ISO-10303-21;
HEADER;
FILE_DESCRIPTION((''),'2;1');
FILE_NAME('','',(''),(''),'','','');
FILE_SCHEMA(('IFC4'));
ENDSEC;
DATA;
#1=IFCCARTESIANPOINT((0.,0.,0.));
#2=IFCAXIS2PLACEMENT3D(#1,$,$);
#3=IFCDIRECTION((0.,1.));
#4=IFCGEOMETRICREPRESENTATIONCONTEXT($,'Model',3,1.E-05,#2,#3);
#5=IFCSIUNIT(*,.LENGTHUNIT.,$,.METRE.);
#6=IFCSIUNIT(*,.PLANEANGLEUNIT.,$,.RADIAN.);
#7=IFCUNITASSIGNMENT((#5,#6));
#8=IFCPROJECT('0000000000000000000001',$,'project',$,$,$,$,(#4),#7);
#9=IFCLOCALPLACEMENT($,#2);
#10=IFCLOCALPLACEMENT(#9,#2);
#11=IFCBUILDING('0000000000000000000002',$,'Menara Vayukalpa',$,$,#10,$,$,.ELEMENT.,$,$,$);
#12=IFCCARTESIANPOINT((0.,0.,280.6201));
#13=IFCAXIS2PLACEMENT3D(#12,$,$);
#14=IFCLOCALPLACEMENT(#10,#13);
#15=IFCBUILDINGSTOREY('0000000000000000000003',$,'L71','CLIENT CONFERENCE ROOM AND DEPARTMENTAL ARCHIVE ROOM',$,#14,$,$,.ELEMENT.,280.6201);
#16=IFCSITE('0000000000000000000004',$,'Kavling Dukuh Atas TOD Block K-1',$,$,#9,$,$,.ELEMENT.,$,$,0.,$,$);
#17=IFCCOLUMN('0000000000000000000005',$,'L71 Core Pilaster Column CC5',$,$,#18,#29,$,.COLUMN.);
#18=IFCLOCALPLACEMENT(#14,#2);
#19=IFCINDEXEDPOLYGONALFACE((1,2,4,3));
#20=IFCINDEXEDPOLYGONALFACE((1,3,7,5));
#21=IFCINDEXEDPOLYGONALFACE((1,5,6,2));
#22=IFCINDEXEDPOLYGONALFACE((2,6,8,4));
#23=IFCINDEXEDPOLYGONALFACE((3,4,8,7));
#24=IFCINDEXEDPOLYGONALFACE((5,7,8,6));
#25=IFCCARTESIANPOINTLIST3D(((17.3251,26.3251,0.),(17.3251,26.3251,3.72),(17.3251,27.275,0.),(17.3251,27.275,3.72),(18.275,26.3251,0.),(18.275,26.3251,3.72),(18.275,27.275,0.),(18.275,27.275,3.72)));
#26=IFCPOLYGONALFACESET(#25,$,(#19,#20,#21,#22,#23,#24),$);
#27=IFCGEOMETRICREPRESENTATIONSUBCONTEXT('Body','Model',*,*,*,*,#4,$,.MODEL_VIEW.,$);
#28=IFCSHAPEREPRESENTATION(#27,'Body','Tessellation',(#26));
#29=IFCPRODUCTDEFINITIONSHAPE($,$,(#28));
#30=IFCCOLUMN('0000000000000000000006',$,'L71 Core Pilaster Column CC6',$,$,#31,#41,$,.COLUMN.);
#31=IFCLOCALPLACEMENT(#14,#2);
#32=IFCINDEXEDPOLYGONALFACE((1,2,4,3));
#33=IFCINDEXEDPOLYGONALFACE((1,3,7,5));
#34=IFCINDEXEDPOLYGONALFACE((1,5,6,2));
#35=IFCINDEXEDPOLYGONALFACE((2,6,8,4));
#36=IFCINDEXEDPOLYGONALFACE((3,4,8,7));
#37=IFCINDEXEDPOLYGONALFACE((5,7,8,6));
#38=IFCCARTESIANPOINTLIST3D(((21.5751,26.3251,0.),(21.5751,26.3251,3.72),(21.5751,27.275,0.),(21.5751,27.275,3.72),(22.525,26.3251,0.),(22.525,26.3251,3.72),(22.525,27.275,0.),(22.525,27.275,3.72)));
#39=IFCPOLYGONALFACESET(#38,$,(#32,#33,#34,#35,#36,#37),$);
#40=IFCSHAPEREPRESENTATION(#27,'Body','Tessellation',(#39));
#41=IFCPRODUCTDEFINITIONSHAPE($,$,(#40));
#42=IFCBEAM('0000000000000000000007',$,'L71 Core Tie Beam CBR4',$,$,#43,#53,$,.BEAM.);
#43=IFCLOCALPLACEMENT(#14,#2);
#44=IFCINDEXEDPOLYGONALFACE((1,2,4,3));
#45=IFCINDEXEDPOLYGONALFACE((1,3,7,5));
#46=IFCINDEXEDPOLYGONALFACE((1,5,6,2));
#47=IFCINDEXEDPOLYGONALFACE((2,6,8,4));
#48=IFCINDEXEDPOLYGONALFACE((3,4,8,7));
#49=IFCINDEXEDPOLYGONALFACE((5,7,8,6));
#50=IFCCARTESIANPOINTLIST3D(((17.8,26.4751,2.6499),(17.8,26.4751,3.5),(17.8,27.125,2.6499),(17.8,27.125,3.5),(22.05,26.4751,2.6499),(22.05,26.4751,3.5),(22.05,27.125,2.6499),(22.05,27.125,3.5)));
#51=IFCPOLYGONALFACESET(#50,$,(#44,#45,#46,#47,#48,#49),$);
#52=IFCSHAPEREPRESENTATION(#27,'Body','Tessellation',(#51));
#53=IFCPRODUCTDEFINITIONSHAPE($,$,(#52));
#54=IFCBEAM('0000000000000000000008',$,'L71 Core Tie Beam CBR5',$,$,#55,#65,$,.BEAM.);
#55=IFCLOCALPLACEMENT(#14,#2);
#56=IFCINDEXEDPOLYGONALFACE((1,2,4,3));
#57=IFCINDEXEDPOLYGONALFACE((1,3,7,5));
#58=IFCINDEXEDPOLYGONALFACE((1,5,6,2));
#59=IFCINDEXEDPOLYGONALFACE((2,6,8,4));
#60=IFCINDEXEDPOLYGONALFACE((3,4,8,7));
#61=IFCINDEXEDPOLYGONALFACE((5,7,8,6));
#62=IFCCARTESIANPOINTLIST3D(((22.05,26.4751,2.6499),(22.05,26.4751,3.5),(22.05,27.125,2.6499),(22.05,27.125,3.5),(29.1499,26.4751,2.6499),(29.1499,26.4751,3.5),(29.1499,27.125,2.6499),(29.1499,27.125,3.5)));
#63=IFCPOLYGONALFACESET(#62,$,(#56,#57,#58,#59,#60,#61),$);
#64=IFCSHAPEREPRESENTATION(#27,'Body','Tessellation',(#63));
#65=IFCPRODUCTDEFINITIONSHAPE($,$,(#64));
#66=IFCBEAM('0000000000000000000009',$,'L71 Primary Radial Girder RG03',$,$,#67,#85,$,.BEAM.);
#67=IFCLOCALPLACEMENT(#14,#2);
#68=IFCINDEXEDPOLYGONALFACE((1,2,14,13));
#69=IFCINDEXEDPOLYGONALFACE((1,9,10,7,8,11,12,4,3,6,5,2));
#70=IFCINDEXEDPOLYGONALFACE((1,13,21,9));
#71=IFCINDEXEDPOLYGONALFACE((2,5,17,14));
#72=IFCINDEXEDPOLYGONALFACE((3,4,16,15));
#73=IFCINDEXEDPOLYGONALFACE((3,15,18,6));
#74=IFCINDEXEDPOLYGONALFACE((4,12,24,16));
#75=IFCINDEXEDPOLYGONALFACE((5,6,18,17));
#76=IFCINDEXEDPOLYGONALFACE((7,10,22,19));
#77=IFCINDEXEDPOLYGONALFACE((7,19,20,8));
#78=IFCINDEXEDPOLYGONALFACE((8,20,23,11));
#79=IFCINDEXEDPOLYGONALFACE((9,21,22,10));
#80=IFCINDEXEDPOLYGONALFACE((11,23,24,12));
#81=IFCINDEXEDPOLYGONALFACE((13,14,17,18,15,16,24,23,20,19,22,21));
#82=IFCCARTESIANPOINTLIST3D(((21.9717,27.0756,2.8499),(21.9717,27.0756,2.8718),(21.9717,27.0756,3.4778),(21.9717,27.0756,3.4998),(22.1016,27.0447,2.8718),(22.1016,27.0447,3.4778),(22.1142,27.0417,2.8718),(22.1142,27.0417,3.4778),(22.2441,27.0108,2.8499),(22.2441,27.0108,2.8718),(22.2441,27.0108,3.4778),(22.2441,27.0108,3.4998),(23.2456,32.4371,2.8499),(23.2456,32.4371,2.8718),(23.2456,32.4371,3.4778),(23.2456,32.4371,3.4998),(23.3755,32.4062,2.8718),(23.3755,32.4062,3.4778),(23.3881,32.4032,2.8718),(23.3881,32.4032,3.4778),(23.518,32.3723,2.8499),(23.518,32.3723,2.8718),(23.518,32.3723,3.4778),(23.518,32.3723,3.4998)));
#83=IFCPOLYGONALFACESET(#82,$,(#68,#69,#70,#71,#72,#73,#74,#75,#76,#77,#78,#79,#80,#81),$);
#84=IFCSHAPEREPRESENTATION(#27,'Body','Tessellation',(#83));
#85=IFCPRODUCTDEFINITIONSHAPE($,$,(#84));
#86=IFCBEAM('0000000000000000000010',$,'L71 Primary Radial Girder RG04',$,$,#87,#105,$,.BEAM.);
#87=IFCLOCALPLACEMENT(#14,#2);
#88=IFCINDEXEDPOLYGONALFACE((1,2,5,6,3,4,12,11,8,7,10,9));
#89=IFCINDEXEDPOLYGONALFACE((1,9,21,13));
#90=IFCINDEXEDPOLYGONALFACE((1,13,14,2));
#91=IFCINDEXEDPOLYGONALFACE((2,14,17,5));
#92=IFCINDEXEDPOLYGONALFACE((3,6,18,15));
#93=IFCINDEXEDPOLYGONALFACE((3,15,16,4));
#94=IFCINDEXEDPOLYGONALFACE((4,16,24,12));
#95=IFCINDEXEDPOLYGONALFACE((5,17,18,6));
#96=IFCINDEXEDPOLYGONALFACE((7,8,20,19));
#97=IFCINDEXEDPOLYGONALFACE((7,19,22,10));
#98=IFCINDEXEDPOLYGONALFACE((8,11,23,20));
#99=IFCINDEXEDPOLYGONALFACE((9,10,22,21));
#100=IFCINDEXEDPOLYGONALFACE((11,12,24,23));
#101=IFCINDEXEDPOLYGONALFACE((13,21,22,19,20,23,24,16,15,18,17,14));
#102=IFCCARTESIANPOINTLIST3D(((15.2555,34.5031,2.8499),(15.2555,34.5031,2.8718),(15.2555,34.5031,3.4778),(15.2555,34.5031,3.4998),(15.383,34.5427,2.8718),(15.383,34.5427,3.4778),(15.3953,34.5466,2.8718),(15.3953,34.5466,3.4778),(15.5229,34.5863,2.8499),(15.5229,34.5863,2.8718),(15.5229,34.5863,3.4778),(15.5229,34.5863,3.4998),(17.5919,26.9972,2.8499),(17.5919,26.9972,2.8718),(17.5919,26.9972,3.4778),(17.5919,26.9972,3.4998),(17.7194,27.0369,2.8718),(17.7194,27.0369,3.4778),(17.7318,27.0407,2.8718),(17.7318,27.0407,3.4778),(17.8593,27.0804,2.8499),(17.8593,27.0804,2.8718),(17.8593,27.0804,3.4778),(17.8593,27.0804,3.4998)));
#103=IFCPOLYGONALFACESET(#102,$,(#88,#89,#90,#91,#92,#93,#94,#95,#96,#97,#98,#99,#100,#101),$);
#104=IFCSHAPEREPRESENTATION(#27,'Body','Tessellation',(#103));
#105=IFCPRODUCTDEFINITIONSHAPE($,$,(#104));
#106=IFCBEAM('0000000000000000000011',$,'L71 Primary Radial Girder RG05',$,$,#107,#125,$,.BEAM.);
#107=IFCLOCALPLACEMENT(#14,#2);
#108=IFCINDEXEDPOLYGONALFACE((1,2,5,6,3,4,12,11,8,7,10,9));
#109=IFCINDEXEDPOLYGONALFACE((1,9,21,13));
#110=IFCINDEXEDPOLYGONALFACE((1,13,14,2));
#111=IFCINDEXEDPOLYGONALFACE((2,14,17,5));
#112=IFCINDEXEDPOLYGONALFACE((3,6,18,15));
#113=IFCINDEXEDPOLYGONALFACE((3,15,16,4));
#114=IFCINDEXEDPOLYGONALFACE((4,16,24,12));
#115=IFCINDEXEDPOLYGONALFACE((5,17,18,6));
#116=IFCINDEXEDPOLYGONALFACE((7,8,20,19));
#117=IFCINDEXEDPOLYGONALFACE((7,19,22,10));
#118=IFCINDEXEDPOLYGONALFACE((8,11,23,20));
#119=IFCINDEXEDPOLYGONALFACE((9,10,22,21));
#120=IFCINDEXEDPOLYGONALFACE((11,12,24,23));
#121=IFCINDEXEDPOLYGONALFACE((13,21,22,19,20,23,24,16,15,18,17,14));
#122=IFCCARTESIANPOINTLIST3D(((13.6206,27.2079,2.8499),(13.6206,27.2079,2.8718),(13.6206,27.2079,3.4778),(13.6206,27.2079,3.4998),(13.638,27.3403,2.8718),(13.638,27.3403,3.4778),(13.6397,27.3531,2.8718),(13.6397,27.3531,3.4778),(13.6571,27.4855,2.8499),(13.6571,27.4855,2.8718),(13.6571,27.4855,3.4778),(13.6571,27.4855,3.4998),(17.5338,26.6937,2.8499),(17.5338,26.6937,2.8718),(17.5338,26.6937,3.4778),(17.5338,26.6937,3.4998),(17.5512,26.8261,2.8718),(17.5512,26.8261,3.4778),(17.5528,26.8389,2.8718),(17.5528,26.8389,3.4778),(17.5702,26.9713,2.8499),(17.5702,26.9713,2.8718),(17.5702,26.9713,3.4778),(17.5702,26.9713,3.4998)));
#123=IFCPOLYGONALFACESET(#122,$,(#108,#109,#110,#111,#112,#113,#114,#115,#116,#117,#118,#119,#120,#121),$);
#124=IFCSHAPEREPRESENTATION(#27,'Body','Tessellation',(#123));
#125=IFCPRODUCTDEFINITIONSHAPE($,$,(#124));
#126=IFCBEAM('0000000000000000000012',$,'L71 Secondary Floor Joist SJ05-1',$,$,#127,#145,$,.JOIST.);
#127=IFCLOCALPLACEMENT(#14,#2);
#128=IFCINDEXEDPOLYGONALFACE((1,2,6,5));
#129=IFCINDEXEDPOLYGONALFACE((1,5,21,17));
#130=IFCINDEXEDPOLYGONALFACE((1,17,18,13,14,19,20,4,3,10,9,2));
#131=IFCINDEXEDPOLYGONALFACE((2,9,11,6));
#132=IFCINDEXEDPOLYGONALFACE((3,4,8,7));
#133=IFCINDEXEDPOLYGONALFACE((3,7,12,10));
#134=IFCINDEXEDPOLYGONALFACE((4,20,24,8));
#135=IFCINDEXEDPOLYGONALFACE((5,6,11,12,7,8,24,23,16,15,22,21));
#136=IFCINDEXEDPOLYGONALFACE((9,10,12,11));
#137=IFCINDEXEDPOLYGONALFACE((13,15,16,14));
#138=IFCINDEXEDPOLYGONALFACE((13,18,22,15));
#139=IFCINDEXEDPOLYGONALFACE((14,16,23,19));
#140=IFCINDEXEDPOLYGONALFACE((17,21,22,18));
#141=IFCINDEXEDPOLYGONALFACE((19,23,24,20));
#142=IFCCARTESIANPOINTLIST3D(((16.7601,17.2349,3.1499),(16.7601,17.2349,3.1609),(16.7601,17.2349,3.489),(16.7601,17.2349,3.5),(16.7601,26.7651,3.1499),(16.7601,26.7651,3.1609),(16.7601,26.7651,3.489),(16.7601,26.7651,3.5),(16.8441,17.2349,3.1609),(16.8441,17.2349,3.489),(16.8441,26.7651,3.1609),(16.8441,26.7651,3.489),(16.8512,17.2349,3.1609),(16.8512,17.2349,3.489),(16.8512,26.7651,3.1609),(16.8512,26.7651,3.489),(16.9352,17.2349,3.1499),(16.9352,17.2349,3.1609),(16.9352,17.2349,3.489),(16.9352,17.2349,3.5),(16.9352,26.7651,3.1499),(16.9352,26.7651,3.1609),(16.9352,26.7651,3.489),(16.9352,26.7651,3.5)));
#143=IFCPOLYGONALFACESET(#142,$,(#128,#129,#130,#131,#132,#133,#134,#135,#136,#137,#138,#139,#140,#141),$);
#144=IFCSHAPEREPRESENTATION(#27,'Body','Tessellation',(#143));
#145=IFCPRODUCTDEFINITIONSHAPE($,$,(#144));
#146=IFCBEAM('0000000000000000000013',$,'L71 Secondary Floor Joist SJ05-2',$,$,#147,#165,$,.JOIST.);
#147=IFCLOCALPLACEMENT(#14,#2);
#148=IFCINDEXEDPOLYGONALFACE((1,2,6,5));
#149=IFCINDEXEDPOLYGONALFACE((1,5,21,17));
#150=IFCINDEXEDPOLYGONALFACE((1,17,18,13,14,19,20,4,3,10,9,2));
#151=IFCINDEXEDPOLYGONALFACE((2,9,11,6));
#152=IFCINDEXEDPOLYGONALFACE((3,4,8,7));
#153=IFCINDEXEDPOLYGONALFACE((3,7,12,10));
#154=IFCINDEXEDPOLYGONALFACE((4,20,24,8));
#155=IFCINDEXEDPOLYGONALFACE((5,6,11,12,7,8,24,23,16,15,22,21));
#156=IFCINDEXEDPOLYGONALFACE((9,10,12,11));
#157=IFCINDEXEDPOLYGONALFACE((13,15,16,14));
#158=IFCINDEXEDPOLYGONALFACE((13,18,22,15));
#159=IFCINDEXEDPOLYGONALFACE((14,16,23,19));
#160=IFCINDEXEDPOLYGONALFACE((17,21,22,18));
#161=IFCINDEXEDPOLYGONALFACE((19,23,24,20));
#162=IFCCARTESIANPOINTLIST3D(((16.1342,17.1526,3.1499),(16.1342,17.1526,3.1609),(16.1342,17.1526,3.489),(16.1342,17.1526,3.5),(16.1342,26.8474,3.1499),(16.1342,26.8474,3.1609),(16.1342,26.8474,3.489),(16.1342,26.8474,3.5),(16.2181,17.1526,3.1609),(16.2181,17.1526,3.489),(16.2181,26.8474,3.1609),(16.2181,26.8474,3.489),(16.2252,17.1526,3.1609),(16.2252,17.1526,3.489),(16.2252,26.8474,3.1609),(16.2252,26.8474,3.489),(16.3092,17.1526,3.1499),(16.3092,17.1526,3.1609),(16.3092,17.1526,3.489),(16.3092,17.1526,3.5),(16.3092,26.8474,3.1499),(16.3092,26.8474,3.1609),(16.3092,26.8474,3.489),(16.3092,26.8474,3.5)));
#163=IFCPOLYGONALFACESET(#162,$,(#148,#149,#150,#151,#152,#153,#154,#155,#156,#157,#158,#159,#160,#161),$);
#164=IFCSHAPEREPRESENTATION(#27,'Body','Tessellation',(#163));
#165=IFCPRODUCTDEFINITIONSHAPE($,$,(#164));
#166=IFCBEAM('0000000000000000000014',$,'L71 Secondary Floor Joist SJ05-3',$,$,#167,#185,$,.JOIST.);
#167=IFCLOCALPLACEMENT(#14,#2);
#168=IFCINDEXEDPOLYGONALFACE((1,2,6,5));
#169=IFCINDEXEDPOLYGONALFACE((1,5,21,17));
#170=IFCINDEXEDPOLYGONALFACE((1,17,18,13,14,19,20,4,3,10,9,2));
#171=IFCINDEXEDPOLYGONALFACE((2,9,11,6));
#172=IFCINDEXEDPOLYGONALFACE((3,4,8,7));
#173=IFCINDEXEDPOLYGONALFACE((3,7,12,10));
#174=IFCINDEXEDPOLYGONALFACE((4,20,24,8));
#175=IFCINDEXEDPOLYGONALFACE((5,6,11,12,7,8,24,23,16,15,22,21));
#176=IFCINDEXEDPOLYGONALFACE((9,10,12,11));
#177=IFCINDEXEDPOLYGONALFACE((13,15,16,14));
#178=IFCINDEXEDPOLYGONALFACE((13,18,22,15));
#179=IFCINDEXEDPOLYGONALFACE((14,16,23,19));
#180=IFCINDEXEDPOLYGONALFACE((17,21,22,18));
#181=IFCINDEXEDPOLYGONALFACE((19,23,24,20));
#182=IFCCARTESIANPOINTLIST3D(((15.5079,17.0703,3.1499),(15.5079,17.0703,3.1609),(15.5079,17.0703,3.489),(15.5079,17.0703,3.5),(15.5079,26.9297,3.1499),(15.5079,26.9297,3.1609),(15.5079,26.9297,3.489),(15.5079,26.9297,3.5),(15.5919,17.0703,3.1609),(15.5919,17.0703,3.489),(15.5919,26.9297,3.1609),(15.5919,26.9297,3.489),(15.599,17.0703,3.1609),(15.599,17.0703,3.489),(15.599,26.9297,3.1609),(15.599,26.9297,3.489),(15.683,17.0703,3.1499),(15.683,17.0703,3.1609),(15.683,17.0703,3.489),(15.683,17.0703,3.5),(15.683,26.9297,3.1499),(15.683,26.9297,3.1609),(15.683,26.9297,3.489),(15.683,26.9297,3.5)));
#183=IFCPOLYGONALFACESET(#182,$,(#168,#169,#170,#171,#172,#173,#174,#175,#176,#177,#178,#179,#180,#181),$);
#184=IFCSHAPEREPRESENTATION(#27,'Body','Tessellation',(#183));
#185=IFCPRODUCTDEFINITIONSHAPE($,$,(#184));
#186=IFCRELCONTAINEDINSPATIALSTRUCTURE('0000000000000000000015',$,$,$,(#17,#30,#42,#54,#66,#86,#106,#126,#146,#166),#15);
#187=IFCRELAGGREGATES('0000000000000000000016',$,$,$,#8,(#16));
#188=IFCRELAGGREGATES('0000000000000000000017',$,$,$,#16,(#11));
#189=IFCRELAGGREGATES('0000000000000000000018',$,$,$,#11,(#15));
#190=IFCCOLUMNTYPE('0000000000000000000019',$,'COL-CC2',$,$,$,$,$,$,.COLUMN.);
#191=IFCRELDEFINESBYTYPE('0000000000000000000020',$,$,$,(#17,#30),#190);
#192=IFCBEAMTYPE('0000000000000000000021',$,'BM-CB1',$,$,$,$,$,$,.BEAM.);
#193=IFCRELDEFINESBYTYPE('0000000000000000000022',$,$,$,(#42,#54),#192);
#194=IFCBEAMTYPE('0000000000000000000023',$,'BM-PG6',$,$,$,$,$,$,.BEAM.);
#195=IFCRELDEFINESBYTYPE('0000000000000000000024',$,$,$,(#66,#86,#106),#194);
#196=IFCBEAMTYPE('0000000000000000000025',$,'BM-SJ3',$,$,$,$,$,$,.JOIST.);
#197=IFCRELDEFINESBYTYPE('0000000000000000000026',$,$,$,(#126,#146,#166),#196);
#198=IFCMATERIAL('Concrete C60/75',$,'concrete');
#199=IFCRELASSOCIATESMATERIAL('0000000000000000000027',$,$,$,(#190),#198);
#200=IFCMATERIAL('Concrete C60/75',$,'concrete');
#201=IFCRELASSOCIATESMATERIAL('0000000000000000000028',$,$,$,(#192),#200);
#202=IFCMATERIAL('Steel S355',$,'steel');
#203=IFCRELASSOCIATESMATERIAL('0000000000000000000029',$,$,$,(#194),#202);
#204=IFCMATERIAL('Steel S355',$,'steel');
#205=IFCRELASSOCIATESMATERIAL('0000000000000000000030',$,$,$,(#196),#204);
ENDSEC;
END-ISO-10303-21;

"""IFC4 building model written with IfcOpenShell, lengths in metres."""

from ifc_helpers import new_model, si_unit, direction, frame, origin, origin_2d, place, context, subcontext, project, spatial, rectangle, i_section, extrude, material, material_profile, profile_set, type_object, element, save


model = new_model("IFC4")

# Units and contexts
model_context = context("Model", 3, precision=1e-05, world=origin(), true_north=direction((0.0, 1.0)))
body_context = subcontext(model_context, "Body", "Model", "MODEL_VIEW")
ifc_project = project(units=[si_unit("LENGTHUNIT", "METRE"), si_unit("PLANEANGLEUNIT", "RADIAN")], contexts=[model_context])

# Site, building, storey
site_placement = place(None, origin())
site = spatial("IfcSite", under=ifc_project, at=site_placement, Name="Kavling Dukuh Atas TOD Block K-1", CompositionType="ELEMENT", RefElevation=0.0)
building_placement = place(site_placement, origin())
building = spatial("IfcBuilding", under=site, at=building_placement, Name="Menara Vayukalpa", CompositionType="ELEMENT")
storey_placement = place(building_placement, frame((0.0, 0.0, 280.6201)))
storey = spatial("IfcBuildingStorey", under=building, at=storey_placement, Name="L71", Description="CLIENT CONFERENCE ROOM AND DEPARTMENTAL ARCHIVE ROOM", CompositionType="ELEMENT", Elevation=280.6201)

# Columns
ifc_material_1 = material(Name="Concrete C60/75", Category="concrete")
ifc_material_profile_1 = material_profile(ifc_material_1, rectangle(XDim=0.95, YDim=0.95, at=origin_2d()), Name="RC 950x950")
ifc_profile_set_1 = profile_set([ifc_material_profile_1], Name="Concrete C60/75")
column_type = type_object("IfcColumnType", Name="COL-CC2", PredefinedType="COLUMN", material=ifc_profile_set_1)
for number, where, z_axis, x_axis, name in (
    (1, (17.8, 26.8, 0.0), (0.0, 0.0, 1.0), (1.0, 0.0, 0.0), "L71 Core Pilaster Column CC5"),
    (2, (22.05, 26.8, 0.0), (0.0, 0.0, 1.0), (1.0, 0.0, 0.0), "L71 Core Pilaster Column CC6"),
):
    element("IfcColumn", number, at=place(storey_placement, frame(where, z_axis=z_axis, x_axis=x_axis)), inside=storey, type_object=column_type, Name=name, PredefinedType="COLUMN", context=body_context, shape_type="SweptSolid", body=[
        extrude(rectangle(XDim=0.95, YDim=0.95, at=origin_2d()), origin(), (0.0, 0.0, 1.0), 3.72),
    ])

# Beams
ifc_material_2 = material(Name="Concrete C60/75", Category="concrete")
ifc_material_profile_2 = material_profile(ifc_material_2, rectangle(XDim=0.6499, YDim=0.8501, at=origin_2d()), Name="RC 650x850")
ifc_profile_set_2 = profile_set([ifc_material_profile_2], Name="Concrete C60/75")
beam_type_1 = type_object("IfcBeamType", Name="BM-CB1", PredefinedType="BEAM", material=ifc_profile_set_2)
beam_1_placement = place(storey_placement, frame((17.8, 26.8, 3.075), z_axis=(1.0, 0.0, 0.0), x_axis=(0.0, 1.0, 0.0)))
element("IfcBeam", 3, at=beam_1_placement, inside=storey, type_object=beam_type_1, Name="L71 Core Tie Beam CBR4", PredefinedType="BEAM", context=body_context, shape_type="SweptSolid", body=[
    extrude(rectangle(XDim=0.6499, YDim=0.8501, at=origin_2d()), origin(), (0.0, 0.0, 1.0), 4.25),
])
beam_2_placement = place(storey_placement, frame((22.05, 26.8, 3.075), z_axis=(1.0, 0.0, 0.0), x_axis=(0.0, 1.0, 0.0)))
element("IfcBeam", 4, at=beam_2_placement, inside=storey, type_object=beam_type_1, Name="L71 Core Tie Beam CBR5", PredefinedType="BEAM", context=body_context, shape_type="SweptSolid", body=[
    extrude(rectangle(XDim=0.6499, YDim=0.8501, at=origin_2d()), origin(), (0.0, 0.0, 1.0), 7.0999),
])
ifc_material_3 = material(Name="Steel S355", Category="steel")
ifc_material_profile_3 = material_profile(ifc_material_3, i_section(OverallWidth=0.28, OverallDepth=0.6499, WebThickness=0.0129, FlangeThickness=0.022, at=origin_2d()), Name="WF 650x280x13x22")
ifc_profile_set_3 = profile_set([ifc_material_profile_3], Name="Steel S355")
beam_type_2 = type_object("IfcBeamType", Name="BM-PG6", PredefinedType="BEAM", material=ifc_profile_set_3)
beam_3_placement = place(storey_placement, frame((22.1079, 27.0432, 3.1748), z_axis=(0.231167, 0.972914, 0.0), x_axis=(-0.972914, 0.231167, 0.0)))
element("IfcBeam", 5, at=beam_3_placement, inside=storey, type_object=beam_type_2, Name="L71 Primary Radial Girder RG03", PredefinedType="BEAM", context=body_context, shape_type="SweptSolid", body=[
    extrude(i_section(OverallWidth=0.28, OverallDepth=0.6499, WebThickness=0.0129, FlangeThickness=0.022, at=origin_2d()), origin(), (0.0, 0.0, 1.0), 5.5107),
])
beam_4_placement = place(storey_placement, frame((17.7256, 27.0388, 3.1748), z_axis=(-0.297214, 0.954811, 0.0), x_axis=(-0.954811, -0.297214, 0.0)))
element("IfcBeam", 6, at=beam_4_placement, inside=storey, type_object=beam_type_2, Name="L71 Primary Radial Girder RG04", PredefinedType="BEAM", context=body_context, shape_type="SweptSolid", body=[
    extrude(i_section(OverallWidth=0.28, OverallDepth=0.6499, WebThickness=0.0129, FlangeThickness=0.022, at=origin_2d()), origin(), (0.0, 0.0, 1.0), 7.8611),
])
beam_5_placement = place(storey_placement, frame((17.552, 26.8325, 3.1748), z_axis=(-0.991478, 0.130275, 0.0), x_axis=(-0.130275, -0.991478, 0.0)))
element("IfcBeam", 7, at=beam_5_placement, inside=storey, type_object=beam_type_2, Name="L71 Primary Radial Girder RG05", PredefinedType="BEAM", context=body_context, shape_type="SweptSolid", body=[
    extrude(i_section(OverallWidth=0.28, OverallDepth=0.6499, WebThickness=0.0129, FlangeThickness=0.022, at=origin_2d()), origin(), (0.0, 0.0, 1.0), 3.9468),
])
ifc_material_4 = material(Name="Steel S355", Category="steel")
ifc_material_profile_4 = material_profile(ifc_material_4, i_section(OverallWidth=0.175, OverallDepth=0.3501, WebThickness=0.0071, FlangeThickness=0.011, at=origin_2d()), Name="WF 350x175x7x11")
ifc_profile_set_4 = profile_set([ifc_material_profile_4], Name="Steel S355")
beam_type_3 = type_object("IfcBeamType", Name="BM-SJ3", PredefinedType="JOIST", material=ifc_profile_set_4)
beam_6_placement = place(storey_placement, frame((16.8477, 26.7651, 3.325), z_axis=(0.0, -1.0, 0.0), x_axis=(1.0, 0.0, 0.0)))
element("IfcBeam", 8, at=beam_6_placement, inside=storey, type_object=beam_type_3, Name="L71 Secondary Floor Joist SJ05-1", PredefinedType="JOIST", context=body_context, shape_type="SweptSolid", body=[
    extrude(i_section(OverallWidth=0.175, OverallDepth=0.3501, WebThickness=0.0071, FlangeThickness=0.011, at=origin_2d()), origin(), (0.0, 0.0, 1.0), 9.5303),
])
beam_7_placement = place(storey_placement, frame((16.2217, 26.8474, 3.325), z_axis=(0.0, -1.0, 0.0), x_axis=(1.0, 0.0, 0.0)))
element("IfcBeam", 9, at=beam_7_placement, inside=storey, type_object=beam_type_3, Name="L71 Secondary Floor Joist SJ05-2", PredefinedType="JOIST", context=body_context, shape_type="SweptSolid", body=[
    extrude(i_section(OverallWidth=0.175, OverallDepth=0.3501, WebThickness=0.0071, FlangeThickness=0.011, at=origin_2d()), origin(), (0.0, 0.0, 1.0), 9.6948),
])
beam_8_placement = place(storey_placement, frame((15.5955, 26.9297, 3.325), z_axis=(0.0, -1.0, 0.0), x_axis=(1.0, 0.0, 0.0)))
element("IfcBeam", 10, at=beam_8_placement, inside=storey, type_object=beam_type_3, Name="L71 Secondary Floor Joist SJ05-3", PredefinedType="JOIST", context=body_context, shape_type="SweptSolid", body=[
    extrude(i_section(OverallWidth=0.175, OverallDepth=0.3501, WebThickness=0.0071, FlangeThickness=0.011, at=origin_2d()), origin(), (0.0, 0.0, 1.0), 9.8594),
])

save(model, "model.ifc")
